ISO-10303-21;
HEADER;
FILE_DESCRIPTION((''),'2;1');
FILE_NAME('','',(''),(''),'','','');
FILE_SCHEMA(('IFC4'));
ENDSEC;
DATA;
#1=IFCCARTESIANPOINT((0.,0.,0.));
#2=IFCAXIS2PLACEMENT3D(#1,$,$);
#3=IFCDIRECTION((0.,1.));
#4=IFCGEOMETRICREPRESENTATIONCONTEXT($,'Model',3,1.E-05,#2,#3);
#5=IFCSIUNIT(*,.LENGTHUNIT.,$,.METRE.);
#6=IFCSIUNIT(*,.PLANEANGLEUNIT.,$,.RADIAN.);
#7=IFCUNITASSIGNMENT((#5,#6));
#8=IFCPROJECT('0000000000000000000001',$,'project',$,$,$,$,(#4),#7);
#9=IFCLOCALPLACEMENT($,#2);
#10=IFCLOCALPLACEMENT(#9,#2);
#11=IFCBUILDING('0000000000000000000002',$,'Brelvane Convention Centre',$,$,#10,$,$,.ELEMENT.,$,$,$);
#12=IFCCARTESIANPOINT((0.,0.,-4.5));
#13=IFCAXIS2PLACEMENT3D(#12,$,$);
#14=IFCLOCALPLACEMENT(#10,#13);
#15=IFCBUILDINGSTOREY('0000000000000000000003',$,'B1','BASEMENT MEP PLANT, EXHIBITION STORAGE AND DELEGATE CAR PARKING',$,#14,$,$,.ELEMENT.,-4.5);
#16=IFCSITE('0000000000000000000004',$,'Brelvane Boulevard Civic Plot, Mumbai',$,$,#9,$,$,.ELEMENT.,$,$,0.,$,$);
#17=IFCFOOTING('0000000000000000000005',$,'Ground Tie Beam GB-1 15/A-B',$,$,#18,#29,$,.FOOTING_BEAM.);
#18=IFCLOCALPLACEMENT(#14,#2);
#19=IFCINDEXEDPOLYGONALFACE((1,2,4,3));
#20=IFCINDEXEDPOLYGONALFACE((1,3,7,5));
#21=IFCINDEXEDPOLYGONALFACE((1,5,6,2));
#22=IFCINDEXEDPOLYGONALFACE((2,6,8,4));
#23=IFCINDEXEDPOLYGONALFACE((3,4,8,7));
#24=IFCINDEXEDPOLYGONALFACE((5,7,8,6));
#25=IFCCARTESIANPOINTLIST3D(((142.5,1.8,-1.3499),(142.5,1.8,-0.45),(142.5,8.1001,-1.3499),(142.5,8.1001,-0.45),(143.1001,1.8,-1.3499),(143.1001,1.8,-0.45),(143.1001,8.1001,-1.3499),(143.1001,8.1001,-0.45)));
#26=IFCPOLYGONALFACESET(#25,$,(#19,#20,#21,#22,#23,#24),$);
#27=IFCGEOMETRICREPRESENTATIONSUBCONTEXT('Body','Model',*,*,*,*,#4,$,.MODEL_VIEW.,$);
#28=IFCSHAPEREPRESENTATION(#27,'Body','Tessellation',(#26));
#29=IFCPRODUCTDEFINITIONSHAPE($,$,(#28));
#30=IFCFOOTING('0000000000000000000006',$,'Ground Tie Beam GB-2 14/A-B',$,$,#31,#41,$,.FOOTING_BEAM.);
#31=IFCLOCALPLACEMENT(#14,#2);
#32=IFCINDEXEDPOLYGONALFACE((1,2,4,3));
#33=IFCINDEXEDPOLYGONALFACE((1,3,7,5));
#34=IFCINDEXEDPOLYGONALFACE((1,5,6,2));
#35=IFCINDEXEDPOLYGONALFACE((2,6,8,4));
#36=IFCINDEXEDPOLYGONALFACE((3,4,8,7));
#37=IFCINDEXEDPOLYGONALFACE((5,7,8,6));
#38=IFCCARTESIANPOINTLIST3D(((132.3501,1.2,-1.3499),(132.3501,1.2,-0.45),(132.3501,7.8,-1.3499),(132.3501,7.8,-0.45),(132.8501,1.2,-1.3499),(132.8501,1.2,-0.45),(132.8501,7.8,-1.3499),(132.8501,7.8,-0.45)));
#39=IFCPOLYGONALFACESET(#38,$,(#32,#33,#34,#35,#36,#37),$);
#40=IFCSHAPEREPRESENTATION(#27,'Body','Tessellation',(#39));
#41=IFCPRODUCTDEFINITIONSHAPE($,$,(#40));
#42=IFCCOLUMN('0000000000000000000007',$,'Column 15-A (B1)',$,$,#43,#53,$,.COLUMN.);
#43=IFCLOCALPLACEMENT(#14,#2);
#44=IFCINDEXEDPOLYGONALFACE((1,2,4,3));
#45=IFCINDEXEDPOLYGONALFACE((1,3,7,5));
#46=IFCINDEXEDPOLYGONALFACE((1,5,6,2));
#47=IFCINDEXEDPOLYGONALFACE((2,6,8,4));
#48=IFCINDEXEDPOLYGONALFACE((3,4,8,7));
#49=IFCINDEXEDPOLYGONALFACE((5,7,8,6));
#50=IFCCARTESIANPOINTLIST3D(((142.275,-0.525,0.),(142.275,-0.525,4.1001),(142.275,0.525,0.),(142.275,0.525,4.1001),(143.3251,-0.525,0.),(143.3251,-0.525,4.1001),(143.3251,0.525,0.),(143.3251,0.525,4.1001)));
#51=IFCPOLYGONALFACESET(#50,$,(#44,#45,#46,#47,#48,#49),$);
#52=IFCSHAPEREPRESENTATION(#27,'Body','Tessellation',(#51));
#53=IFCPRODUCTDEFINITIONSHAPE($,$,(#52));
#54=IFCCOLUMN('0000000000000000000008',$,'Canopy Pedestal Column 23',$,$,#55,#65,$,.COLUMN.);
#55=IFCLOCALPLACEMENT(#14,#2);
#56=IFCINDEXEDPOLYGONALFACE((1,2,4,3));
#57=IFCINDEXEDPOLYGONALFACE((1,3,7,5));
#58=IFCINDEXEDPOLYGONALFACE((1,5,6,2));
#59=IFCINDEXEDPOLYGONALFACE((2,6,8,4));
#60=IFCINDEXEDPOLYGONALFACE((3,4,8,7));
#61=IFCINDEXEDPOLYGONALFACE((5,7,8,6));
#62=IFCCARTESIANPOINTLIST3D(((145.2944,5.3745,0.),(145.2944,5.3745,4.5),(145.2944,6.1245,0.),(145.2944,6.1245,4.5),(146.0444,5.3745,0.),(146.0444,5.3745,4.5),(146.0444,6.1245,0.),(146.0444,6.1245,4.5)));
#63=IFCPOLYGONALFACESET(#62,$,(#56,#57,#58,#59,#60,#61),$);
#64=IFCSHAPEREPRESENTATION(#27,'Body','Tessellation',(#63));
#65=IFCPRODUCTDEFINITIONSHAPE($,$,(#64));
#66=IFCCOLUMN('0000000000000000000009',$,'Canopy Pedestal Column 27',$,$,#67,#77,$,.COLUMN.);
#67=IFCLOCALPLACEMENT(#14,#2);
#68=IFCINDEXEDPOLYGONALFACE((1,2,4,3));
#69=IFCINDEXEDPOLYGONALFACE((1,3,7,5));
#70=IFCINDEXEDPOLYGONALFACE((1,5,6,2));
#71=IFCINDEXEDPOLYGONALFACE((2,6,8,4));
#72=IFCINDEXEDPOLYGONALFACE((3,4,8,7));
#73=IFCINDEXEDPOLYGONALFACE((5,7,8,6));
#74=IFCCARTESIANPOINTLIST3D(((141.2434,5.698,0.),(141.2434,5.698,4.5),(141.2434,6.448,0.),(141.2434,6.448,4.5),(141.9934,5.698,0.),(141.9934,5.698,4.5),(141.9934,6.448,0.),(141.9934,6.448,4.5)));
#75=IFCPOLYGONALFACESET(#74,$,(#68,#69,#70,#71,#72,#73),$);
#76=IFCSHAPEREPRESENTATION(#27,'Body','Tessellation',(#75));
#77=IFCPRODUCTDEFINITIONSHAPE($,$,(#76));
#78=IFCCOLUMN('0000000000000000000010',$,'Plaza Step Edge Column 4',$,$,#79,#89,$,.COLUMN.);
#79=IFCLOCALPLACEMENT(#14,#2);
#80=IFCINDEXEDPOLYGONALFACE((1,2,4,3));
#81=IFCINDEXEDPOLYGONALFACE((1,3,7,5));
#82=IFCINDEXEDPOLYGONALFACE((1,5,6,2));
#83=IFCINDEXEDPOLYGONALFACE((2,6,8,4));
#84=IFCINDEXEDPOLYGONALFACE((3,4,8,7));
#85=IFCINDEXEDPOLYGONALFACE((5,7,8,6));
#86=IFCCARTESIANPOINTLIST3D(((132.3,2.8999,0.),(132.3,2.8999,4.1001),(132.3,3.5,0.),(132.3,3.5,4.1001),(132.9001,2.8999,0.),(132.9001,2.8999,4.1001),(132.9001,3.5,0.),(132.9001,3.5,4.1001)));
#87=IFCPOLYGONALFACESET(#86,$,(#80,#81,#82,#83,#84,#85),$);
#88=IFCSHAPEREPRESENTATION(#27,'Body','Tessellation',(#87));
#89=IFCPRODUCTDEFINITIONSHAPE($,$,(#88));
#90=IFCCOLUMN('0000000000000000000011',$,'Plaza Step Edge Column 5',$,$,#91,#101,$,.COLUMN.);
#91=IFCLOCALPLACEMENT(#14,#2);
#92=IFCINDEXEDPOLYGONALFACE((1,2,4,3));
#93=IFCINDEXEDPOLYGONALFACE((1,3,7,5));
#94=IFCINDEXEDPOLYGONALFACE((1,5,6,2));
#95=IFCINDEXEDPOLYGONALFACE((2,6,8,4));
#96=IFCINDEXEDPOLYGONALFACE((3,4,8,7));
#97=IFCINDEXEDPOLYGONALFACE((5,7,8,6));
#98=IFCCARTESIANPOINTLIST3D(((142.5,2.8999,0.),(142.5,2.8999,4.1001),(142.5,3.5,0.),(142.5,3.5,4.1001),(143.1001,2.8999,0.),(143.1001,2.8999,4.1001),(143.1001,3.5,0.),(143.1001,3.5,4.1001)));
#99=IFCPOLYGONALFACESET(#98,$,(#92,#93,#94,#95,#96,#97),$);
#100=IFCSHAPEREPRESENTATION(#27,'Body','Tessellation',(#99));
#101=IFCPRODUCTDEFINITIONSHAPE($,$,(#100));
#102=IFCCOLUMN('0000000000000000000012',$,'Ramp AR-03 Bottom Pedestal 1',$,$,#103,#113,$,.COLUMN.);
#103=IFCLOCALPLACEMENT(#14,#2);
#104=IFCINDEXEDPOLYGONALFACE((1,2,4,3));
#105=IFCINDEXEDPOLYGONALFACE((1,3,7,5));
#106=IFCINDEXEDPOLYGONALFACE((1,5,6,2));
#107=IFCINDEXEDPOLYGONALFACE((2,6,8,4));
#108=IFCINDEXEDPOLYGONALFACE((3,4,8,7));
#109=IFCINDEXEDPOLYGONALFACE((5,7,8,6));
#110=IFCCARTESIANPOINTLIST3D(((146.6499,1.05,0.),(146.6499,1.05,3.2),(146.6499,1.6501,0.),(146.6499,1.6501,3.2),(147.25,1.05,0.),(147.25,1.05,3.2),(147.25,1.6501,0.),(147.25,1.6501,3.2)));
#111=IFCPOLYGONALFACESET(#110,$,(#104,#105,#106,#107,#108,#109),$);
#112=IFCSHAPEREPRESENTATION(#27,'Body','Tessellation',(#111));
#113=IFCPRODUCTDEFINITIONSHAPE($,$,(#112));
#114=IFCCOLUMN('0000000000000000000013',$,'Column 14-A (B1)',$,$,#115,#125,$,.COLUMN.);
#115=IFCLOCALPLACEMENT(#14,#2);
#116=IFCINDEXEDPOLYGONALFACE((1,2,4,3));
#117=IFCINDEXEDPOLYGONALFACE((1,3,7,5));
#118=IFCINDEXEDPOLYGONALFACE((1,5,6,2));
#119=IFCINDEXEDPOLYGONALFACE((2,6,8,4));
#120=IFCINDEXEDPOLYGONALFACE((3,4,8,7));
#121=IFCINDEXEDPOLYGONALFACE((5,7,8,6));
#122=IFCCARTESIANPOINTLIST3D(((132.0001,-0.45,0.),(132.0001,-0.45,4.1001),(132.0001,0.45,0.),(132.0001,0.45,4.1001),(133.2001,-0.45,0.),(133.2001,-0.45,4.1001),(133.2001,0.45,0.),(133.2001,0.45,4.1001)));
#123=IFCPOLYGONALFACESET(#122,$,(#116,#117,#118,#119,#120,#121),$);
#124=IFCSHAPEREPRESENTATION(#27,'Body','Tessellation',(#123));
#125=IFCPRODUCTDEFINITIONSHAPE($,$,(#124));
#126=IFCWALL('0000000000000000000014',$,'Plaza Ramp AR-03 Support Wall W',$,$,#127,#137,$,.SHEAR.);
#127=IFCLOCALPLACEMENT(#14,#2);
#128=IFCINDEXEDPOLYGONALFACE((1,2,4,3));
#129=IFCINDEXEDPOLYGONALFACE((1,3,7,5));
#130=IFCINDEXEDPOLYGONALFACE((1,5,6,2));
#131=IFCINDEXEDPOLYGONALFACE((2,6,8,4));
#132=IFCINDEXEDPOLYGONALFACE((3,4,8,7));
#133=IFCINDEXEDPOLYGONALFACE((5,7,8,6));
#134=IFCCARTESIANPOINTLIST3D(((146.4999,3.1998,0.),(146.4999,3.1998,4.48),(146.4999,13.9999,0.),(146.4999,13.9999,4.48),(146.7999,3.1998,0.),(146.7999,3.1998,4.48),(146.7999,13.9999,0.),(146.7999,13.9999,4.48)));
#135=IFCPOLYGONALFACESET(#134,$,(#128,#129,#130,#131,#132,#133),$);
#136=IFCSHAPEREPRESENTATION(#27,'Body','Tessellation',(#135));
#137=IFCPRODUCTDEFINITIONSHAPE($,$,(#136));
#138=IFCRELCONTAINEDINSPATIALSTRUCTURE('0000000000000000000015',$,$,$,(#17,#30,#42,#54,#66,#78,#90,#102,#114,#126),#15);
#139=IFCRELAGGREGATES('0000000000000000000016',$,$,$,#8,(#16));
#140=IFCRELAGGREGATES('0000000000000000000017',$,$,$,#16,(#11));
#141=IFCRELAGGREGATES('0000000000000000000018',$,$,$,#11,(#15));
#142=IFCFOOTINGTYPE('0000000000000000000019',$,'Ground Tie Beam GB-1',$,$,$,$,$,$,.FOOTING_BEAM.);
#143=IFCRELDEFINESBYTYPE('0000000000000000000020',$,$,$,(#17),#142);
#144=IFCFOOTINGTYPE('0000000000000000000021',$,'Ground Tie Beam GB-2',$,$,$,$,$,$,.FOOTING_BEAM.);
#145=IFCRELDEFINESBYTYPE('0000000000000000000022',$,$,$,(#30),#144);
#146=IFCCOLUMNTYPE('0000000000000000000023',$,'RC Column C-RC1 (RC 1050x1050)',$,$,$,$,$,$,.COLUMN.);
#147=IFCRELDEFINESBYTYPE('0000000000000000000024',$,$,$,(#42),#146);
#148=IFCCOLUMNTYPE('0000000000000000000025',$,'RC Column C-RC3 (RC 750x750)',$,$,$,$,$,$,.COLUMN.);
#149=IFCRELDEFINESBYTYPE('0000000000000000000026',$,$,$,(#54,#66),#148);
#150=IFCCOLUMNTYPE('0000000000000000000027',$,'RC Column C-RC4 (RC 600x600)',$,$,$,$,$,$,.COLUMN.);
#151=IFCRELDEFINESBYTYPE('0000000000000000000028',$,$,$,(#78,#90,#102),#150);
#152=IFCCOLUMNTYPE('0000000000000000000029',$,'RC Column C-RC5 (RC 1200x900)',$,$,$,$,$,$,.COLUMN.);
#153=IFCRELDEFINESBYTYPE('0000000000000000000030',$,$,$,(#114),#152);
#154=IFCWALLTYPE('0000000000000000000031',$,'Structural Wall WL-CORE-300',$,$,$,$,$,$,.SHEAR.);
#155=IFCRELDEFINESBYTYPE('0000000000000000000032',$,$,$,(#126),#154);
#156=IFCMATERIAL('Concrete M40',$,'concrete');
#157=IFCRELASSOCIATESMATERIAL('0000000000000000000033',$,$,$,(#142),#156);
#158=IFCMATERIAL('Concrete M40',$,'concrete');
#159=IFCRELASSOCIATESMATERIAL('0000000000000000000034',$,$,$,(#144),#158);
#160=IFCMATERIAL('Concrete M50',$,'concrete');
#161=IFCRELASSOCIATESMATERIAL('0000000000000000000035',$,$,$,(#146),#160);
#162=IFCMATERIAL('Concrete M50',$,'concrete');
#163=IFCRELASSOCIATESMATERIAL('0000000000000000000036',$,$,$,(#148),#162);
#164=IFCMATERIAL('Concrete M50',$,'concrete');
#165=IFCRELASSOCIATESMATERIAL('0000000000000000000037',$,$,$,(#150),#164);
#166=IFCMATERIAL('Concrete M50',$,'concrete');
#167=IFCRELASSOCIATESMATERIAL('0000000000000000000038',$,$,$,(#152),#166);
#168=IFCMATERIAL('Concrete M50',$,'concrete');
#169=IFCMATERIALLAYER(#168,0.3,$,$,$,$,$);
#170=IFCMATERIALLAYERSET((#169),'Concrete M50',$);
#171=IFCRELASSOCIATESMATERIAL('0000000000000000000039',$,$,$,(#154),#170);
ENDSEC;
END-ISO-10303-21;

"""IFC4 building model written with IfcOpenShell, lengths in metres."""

from ifc_helpers import new_model, si_unit, direction, frame, frame_2d, origin, origin_2d, place, context, subcontext, project, spatial, rectangle, extrude, material, layer, layer_set, material_profile, profile_set, type_object, element, save


model = new_model("IFC4")

# Units and contexts
model_context = context("Model", 3, precision=1e-05, world=origin(), true_north=direction((0.0, 1.0)))
body_context = subcontext(model_context, "Body", "Model", "MODEL_VIEW")
ifc_project = project(units=[si_unit("LENGTHUNIT", "METRE"), si_unit("PLANEANGLEUNIT", "RADIAN")], contexts=[model_context])

# Site, building, storey
site_placement = place(None, origin())
site = spatial("IfcSite", under=ifc_project, at=site_placement, Name="Brelvane Boulevard Civic Plot, Mumbai", CompositionType="ELEMENT", RefElevation=0.0)
building_placement = place(site_placement, origin())
building = spatial("IfcBuilding", under=site, at=building_placement, Name="Brelvane Convention Centre", CompositionType="ELEMENT")
storey_placement = place(building_placement, frame((0.0, 0.0, -4.5)))
storey = spatial("IfcBuildingStorey", under=building, at=storey_placement, Name="B1", Description="BASEMENT MEP PLANT, EXHIBITION STORAGE AND DELEGATE CAR PARKING", CompositionType="ELEMENT", Elevation=-4.5)

# Footings
ifc_material_1 = material(Name="Concrete M40", Category="concrete")
ifc_material_profile_1 = material_profile(ifc_material_1, rectangle(XDim=0.6001, YDim=0.8999, at=origin_2d()), Name="RC 600x900")
ifc_profile_set_1 = profile_set([ifc_material_profile_1], Name="Concrete M40")
footing_type_1 = type_object("IfcFootingType", Name="Ground Tie Beam GB-1", PredefinedType="FOOTING_BEAM", material=ifc_profile_set_1)
footing_1_placement = place(storey_placement, frame((142.8, 1.8, -0.8999), z_axis=(0.0, 1.0, 0.0), x_axis=(-1.0, 0.0, 0.0)))
element("IfcFooting", 1, at=footing_1_placement, inside=storey, type_object=footing_type_1, Name="Ground Tie Beam GB-1 15/A-B", PredefinedType="FOOTING_BEAM", context=body_context, shape_type="SweptSolid", body=[
    extrude(rectangle(XDim=0.6001, YDim=0.8999, at=origin_2d()), origin(), (0.0, 0.0, 1.0), 6.3),
])
ifc_material_2 = material(Name="Concrete M40", Category="concrete")
ifc_material_profile_2 = material_profile(ifc_material_2, rectangle(XDim=0.5, YDim=0.8999, at=origin_2d()), Name="RC 500x900")
ifc_profile_set_2 = profile_set([ifc_material_profile_2], Name="Concrete M40")
footing_type_2 = type_object("IfcFootingType", Name="Ground Tie Beam GB-2", PredefinedType="FOOTING_BEAM", material=ifc_profile_set_2)
footing_2_placement = place(storey_placement, frame((132.6001, 1.2, -0.8999), z_axis=(0.0, 1.0, 0.0), x_axis=(-1.0, 0.0, 0.0)))
element("IfcFooting", 2, at=footing_2_placement, inside=storey, type_object=footing_type_2, Name="Ground Tie Beam GB-2 14/A-B", PredefinedType="FOOTING_BEAM", context=body_context, shape_type="SweptSolid", body=[
    extrude(rectangle(XDim=0.5, YDim=0.8999, at=origin_2d()), origin(), (0.0, 0.0, 1.0), 6.6001),
])

# Columns
ifc_material_3 = material(Name="Concrete M50", Category="concrete")
ifc_material_profile_3 = material_profile(ifc_material_3, rectangle(XDim=1.05, YDim=1.05, at=origin_2d()), Name="RC 1050x1050")
ifc_profile_set_3 = profile_set([ifc_material_profile_3], Name="Concrete M50")
column_type_1 = type_object("IfcColumnType", Name="RC Column C-RC1 (RC 1050x1050)", PredefinedType="COLUMN", material=ifc_profile_set_3)
column_1_placement = place(storey_placement, frame((142.8, 0.0, 0.0), z_axis=(0.0, 0.0, 1.0), x_axis=(1.0, 0.0, 0.0)))
element("IfcColumn", 3, at=column_1_placement, inside=storey, type_object=column_type_1, Name="Column 15-A (B1)", PredefinedType="COLUMN", context=body_context, shape_type="SweptSolid", body=[
    extrude(rectangle(XDim=1.05, YDim=1.05, at=origin_2d()), origin(), (0.0, 0.0, 1.0), 4.1001),
])
ifc_material_4 = material(Name="Concrete M50", Category="concrete")
ifc_material_profile_4 = material_profile(ifc_material_4, rectangle(XDim=0.75, YDim=0.75, at=origin_2d()), Name="RC 750x750")
ifc_profile_set_4 = profile_set([ifc_material_profile_4], Name="Concrete M50")
column_type_2 = type_object("IfcColumnType", Name="RC Column C-RC3 (RC 750x750)", PredefinedType="COLUMN", material=ifc_profile_set_4)
for number, where, z_axis, x_axis, name in (
    (4, (145.6694, 5.7495, 0.0), (0.0, 0.0, 1.0), (1.0, 0.0, 0.0), "Canopy Pedestal Column 23"),
    (5, (141.6184, 6.073, 0.0), (0.0, 0.0, 1.0), (1.0, 0.0, 0.0), "Canopy Pedestal Column 27"),
):
    element("IfcColumn", number, at=place(storey_placement, frame(where, z_axis=z_axis, x_axis=x_axis)), inside=storey, type_object=column_type_2, Name=name, PredefinedType="COLUMN", context=body_context, shape_type="SweptSolid", body=[
        extrude(rectangle(XDim=0.75, YDim=0.75, at=origin_2d()), origin(), (0.0, 0.0, 1.0), 4.5),
    ])
ifc_material_5 = material(Name="Concrete M50", Category="concrete")
ifc_material_profile_5 = material_profile(ifc_material_5, rectangle(XDim=0.6001, YDim=0.6001, at=origin_2d()), Name="RC 600x600")
ifc_profile_set_5 = profile_set([ifc_material_profile_5], Name="Concrete M50")
column_type_3 = type_object("IfcColumnType", Name="RC Column C-RC4 (RC 600x600)", PredefinedType="COLUMN", material=ifc_profile_set_5)
for number, where, z_axis, x_axis, name in (
    (6, (132.6001, 3.2, 0.0), (0.0, 0.0, 1.0), (1.0, 0.0, 0.0), "Plaza Step Edge Column 4"),
    (7, (142.8, 3.2, 0.0), (0.0, 0.0, 1.0), (1.0, 0.0, 0.0), "Plaza Step Edge Column 5"),
):
    element("IfcColumn", number, at=place(storey_placement, frame(where, z_axis=z_axis, x_axis=x_axis)), inside=storey, type_object=column_type_3, Name=name, PredefinedType="COLUMN", context=body_context, shape_type="SweptSolid", body=[
        extrude(rectangle(XDim=0.6001, YDim=0.6001, at=origin_2d()), origin(), (0.0, 0.0, 1.0), 4.1001),
    ])
column_2_placement = place(storey_placement, frame((146.95, 1.3501, 0.0), z_axis=(0.0, 0.0, 1.0), x_axis=(1.0, 0.0, 0.0)))
element("IfcColumn", 8, at=column_2_placement, inside=storey, type_object=column_type_3, Name="Ramp AR-03 Bottom Pedestal 1", PredefinedType="COLUMN", context=body_context, shape_type="SweptSolid", body=[
    extrude(rectangle(XDim=0.6001, YDim=0.6001, at=origin_2d()), origin(), (0.0, 0.0, 1.0), 3.2),
])
ifc_material_6 = material(Name="Concrete M50", Category="concrete")
ifc_material_profile_6 = material_profile(ifc_material_6, rectangle(XDim=1.2, YDim=0.8999, at=origin_2d()), Name="RC 1200x900")
ifc_profile_set_6 = profile_set([ifc_material_profile_6], Name="Concrete M50")
column_type_4 = type_object("IfcColumnType", Name="RC Column C-RC5 (RC 1200x900)", PredefinedType="COLUMN", material=ifc_profile_set_6)
column_3_placement = place(storey_placement, frame((132.6001, 0.0, 0.0), z_axis=(0.0, 0.0, 1.0), x_axis=(1.0, 0.0, 0.0)))
element("IfcColumn", 9, at=column_3_placement, inside=storey, type_object=column_type_4, Name="Column 14-A (B1)", PredefinedType="COLUMN", context=body_context, shape_type="SweptSolid", body=[
    extrude(rectangle(XDim=1.2, YDim=0.8999, at=origin_2d()), origin(), (0.0, 0.0, 1.0), 4.1001),
])

# Wall
ifc_material_7 = material(Name="Concrete M50", Category="concrete")
ifc_layer = layer(ifc_material_7, 0.3)
ifc_layer_set = layer_set([ifc_layer], Name="Concrete M50")
wall_type = type_object("IfcWallType", Name="Structural Wall WL-CORE-300", PredefinedType="SHEAR", material=ifc_layer_set)
wall_placement = place(storey_placement, frame((146.6499, 3.2, 0.0), z_axis=(0.0, 0.0, 1.0), x_axis=(0.0, 1.0, 0.0)))
element("IfcWall", 10, at=wall_placement, inside=storey, type_object=wall_type, Name="Plaza Ramp AR-03 Support Wall W", PredefinedType="SHEAR", context=body_context, shape_type="SweptSolid", body=[
    extrude(rectangle(XDim=10.8, YDim=0.3, at=frame_2d((5.3999, 0.0))), origin(), (0.0, 0.0, 1.0), 4.48),
])

save(model, "model.ifc")
